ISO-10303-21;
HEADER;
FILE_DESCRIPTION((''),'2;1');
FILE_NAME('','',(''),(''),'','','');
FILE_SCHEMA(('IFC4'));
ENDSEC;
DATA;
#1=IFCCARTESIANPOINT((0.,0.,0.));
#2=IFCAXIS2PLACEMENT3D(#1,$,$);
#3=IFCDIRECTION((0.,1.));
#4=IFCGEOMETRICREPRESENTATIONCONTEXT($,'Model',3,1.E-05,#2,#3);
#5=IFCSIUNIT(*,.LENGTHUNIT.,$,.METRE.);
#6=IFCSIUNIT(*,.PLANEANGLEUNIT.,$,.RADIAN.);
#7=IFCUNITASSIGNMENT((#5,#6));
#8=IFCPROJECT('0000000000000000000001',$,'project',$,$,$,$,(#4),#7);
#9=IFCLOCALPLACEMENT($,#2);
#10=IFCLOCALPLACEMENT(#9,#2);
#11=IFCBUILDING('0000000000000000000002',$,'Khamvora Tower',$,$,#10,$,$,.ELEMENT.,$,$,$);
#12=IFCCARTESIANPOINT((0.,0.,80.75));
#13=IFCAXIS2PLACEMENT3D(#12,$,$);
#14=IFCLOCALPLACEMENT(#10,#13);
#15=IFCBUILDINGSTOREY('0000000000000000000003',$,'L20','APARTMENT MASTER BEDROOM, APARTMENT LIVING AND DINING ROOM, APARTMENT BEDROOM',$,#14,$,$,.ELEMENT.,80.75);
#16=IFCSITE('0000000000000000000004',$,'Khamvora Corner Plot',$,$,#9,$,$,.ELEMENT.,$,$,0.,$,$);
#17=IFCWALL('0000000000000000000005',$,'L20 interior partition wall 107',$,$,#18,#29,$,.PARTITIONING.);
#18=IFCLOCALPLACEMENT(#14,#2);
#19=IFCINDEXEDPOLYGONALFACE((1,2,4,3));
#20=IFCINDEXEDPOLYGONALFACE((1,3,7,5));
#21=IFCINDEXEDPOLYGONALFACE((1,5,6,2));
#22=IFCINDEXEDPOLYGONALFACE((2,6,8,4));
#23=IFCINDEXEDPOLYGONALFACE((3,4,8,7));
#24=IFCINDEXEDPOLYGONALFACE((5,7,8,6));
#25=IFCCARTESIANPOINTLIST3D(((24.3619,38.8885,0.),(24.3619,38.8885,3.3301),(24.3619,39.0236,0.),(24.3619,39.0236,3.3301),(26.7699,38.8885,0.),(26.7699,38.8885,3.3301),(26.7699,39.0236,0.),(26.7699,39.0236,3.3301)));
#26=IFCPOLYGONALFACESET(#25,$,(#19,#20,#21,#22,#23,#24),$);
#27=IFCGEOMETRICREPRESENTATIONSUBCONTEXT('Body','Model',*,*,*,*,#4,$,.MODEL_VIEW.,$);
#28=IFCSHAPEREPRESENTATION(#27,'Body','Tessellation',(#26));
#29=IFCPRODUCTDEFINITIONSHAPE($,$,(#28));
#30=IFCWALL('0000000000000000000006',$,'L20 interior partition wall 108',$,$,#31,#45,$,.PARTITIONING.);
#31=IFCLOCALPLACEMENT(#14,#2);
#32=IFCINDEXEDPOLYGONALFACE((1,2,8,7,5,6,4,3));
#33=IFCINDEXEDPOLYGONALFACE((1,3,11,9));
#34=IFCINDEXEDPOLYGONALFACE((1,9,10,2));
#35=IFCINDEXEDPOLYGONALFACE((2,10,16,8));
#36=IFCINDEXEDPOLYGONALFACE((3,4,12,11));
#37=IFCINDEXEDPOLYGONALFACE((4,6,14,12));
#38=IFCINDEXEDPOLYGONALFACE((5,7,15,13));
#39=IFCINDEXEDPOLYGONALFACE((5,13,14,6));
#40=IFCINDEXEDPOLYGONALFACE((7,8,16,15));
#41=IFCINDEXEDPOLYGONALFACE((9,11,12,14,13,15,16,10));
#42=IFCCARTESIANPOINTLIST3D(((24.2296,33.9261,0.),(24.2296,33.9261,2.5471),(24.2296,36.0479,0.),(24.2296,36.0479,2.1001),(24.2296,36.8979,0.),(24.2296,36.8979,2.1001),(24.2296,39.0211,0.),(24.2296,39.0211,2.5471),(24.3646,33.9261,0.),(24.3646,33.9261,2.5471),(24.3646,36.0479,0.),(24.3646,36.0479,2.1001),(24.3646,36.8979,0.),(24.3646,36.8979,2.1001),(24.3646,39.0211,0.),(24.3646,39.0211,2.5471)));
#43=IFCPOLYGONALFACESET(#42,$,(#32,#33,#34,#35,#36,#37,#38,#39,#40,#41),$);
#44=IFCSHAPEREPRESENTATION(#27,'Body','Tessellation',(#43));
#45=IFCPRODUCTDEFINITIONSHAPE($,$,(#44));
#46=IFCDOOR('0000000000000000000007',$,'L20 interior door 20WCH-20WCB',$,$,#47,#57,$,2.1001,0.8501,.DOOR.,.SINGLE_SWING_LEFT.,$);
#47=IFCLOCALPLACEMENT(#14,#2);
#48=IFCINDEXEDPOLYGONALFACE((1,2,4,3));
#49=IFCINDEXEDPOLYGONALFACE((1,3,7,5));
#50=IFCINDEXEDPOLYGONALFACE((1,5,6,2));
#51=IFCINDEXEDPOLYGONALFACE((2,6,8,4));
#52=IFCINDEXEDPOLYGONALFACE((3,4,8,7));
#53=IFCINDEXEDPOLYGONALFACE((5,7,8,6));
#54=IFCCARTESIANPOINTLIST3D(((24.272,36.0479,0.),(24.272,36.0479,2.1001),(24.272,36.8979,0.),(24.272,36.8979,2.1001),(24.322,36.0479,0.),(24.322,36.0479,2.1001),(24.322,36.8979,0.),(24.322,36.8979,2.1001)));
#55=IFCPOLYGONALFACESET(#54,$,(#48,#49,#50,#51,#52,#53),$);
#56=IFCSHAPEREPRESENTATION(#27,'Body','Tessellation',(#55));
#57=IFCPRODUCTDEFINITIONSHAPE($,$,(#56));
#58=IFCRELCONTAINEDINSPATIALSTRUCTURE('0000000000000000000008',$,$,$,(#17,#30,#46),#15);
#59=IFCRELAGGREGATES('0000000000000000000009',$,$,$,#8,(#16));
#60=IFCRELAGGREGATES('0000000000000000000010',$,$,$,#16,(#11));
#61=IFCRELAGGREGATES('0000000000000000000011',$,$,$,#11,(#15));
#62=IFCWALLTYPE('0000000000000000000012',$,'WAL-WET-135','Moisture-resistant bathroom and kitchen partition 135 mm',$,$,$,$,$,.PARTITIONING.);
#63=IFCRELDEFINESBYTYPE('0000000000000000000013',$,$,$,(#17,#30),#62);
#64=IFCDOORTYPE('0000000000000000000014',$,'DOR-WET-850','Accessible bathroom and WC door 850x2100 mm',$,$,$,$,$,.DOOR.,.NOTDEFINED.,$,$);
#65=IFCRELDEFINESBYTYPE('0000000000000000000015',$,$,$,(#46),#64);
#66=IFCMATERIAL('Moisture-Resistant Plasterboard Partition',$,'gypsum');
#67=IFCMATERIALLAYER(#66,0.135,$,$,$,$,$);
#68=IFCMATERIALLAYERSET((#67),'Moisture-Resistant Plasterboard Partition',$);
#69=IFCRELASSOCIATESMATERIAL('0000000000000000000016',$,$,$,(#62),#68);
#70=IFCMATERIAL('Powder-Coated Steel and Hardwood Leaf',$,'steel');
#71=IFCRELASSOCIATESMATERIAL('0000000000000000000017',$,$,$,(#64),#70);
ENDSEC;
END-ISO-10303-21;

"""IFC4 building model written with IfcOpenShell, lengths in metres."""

from ifc_helpers import new_model, si_unit, direction, frame, frame_2d, origin, place, context, subcontext, project, spatial, rectangle, extrude, material, layer, layer_set, type_object, element, fill, save


model = new_model("IFC4")

# Units and contexts
model_context = context("Model", 3, precision=1e-05, world=origin(), true_north=direction((0.0, 1.0)))
body_context = subcontext(model_context, "Body", "Model", "MODEL_VIEW")
ifc_project = project(units=[si_unit("LENGTHUNIT", "METRE"), si_unit("PLANEANGLEUNIT", "RADIAN")], contexts=[model_context])

# Site, building, storey
site_placement = place(None, origin())
site = spatial("IfcSite", under=ifc_project, at=site_placement, Name="Khamvora Corner Plot", CompositionType="ELEMENT", RefElevation=0.0)
building_placement = place(site_placement, origin())
building = spatial("IfcBuilding", under=site, at=building_placement, Name="Khamvora Tower", CompositionType="ELEMENT")
storey_placement = place(building_placement, frame((0.0, 0.0, 80.75)))
storey = spatial("IfcBuildingStorey", under=building, at=storey_placement, Name="L20", Description="APARTMENT MASTER BEDROOM, APARTMENT LIVING AND DINING ROOM, APARTMENT BEDROOM", CompositionType="ELEMENT", Elevation=80.75)

# Shared definitions
ifc_material_1 = material(Name="Powder-Coated Steel and Hardwood Leaf", Category="steel")

# Wall
ifc_material_2 = material(Name="Moisture-Resistant Plasterboard Partition", Category="gypsum")
ifc_layer_1 = layer(ifc_material_2, 0.135)
ifc_layer_set_1 = layer_set([ifc_layer_1], Name="Moisture-Resistant Plasterboard Partition")
wall_type_1 = type_object("IfcWallType", Name="WAL-WET-135", Description="Moisture-resistant bathroom and kitchen partition 135 mm", PredefinedType="PARTITIONING", material=ifc_layer_set_1)
wall_1_placement = place(storey_placement, frame((26.77, 38.9561, 0.0), z_axis=(0.0, 0.0, 1.0), x_axis=(-1.0, 0.0, 0.0)))
element("IfcWall", 1, at=wall_1_placement, inside=storey, type_object=wall_type_1, Name="L20 interior partition wall 107", PredefinedType="PARTITIONING", context=body_context, shape_type="SweptSolid", body=[
    extrude(rectangle(XDim=2.408, YDim=0.135, at=frame_2d((1.2041, 0.0))), origin(), (0.0, 0.0, 1.0), 3.3301),
])

# Wall, opening, door
wall_2_placement = place(storey_placement, frame((24.2971, 39.021, 0.0), z_axis=(0.0, 0.0, 1.0), x_axis=(0.0, -1.0, 0.0)))
wall_2 = element("IfcWall", 2, at=wall_2_placement, inside=storey, type_object=wall_type_1, Name="L20 interior partition wall 108", PredefinedType="PARTITIONING", context=body_context, shape_type="SweptSolid", body=[
    extrude(rectangle(XDim=5.095, YDim=0.135, at=frame_2d((2.5474, 0.0))), origin(), (0.0, 0.0, 1.0), 2.5471),
])
opening_1_placement = place(wall_2_placement, frame((2.123, 0.0, 0.0)))
opening_1 = element("IfcOpeningElement", 3, at=opening_1_placement, cuts=wall_2, PredefinedType="OPENING", context=body_context, shape_type="SweptSolid", body=[
    extrude(rectangle(XDim=0.8501, YDim=2.1001, at=frame_2d((0.425, 1.05))), frame((0.0, 0.0774, 0.0), z_axis=(0.0, -1.0, 0.0), x_axis=(1.0, 0.0, 0.0)), (0.0, 0.0, 1.0), 0.155),
])
door_type_1 = type_object("IfcDoorType", Name="DOR-WET-850", Description="Accessible bathroom and WC door 850x2100 mm", OperationType="NOTDEFINED", PredefinedType="DOOR", material=ifc_material_1)
door_1_placement = place(opening_1_placement, origin())
door_1 = element("IfcDoor", 4, at=door_1_placement, inside=storey, type_object=door_type_1, Name="L20 interior door 20WCH-20WCB", OperationType="SINGLE_SWING_LEFT", OverallHeight=2.1001, OverallWidth=0.8501, PredefinedType="DOOR", context=body_context, shape_type="SweptSolid", body=[
    extrude(rectangle(XDim=0.8501, YDim=2.1001, at=frame_2d((0.425, 1.05))), frame((0.0, 0.0249, 0.0), z_axis=(0.0, -1.0, 0.0), x_axis=(1.0, 0.0, 0.0)), (0.0, 0.0, 1.0), 0.05),
])
fill(opening_1, door_1)

save(model, "model.ifc")
